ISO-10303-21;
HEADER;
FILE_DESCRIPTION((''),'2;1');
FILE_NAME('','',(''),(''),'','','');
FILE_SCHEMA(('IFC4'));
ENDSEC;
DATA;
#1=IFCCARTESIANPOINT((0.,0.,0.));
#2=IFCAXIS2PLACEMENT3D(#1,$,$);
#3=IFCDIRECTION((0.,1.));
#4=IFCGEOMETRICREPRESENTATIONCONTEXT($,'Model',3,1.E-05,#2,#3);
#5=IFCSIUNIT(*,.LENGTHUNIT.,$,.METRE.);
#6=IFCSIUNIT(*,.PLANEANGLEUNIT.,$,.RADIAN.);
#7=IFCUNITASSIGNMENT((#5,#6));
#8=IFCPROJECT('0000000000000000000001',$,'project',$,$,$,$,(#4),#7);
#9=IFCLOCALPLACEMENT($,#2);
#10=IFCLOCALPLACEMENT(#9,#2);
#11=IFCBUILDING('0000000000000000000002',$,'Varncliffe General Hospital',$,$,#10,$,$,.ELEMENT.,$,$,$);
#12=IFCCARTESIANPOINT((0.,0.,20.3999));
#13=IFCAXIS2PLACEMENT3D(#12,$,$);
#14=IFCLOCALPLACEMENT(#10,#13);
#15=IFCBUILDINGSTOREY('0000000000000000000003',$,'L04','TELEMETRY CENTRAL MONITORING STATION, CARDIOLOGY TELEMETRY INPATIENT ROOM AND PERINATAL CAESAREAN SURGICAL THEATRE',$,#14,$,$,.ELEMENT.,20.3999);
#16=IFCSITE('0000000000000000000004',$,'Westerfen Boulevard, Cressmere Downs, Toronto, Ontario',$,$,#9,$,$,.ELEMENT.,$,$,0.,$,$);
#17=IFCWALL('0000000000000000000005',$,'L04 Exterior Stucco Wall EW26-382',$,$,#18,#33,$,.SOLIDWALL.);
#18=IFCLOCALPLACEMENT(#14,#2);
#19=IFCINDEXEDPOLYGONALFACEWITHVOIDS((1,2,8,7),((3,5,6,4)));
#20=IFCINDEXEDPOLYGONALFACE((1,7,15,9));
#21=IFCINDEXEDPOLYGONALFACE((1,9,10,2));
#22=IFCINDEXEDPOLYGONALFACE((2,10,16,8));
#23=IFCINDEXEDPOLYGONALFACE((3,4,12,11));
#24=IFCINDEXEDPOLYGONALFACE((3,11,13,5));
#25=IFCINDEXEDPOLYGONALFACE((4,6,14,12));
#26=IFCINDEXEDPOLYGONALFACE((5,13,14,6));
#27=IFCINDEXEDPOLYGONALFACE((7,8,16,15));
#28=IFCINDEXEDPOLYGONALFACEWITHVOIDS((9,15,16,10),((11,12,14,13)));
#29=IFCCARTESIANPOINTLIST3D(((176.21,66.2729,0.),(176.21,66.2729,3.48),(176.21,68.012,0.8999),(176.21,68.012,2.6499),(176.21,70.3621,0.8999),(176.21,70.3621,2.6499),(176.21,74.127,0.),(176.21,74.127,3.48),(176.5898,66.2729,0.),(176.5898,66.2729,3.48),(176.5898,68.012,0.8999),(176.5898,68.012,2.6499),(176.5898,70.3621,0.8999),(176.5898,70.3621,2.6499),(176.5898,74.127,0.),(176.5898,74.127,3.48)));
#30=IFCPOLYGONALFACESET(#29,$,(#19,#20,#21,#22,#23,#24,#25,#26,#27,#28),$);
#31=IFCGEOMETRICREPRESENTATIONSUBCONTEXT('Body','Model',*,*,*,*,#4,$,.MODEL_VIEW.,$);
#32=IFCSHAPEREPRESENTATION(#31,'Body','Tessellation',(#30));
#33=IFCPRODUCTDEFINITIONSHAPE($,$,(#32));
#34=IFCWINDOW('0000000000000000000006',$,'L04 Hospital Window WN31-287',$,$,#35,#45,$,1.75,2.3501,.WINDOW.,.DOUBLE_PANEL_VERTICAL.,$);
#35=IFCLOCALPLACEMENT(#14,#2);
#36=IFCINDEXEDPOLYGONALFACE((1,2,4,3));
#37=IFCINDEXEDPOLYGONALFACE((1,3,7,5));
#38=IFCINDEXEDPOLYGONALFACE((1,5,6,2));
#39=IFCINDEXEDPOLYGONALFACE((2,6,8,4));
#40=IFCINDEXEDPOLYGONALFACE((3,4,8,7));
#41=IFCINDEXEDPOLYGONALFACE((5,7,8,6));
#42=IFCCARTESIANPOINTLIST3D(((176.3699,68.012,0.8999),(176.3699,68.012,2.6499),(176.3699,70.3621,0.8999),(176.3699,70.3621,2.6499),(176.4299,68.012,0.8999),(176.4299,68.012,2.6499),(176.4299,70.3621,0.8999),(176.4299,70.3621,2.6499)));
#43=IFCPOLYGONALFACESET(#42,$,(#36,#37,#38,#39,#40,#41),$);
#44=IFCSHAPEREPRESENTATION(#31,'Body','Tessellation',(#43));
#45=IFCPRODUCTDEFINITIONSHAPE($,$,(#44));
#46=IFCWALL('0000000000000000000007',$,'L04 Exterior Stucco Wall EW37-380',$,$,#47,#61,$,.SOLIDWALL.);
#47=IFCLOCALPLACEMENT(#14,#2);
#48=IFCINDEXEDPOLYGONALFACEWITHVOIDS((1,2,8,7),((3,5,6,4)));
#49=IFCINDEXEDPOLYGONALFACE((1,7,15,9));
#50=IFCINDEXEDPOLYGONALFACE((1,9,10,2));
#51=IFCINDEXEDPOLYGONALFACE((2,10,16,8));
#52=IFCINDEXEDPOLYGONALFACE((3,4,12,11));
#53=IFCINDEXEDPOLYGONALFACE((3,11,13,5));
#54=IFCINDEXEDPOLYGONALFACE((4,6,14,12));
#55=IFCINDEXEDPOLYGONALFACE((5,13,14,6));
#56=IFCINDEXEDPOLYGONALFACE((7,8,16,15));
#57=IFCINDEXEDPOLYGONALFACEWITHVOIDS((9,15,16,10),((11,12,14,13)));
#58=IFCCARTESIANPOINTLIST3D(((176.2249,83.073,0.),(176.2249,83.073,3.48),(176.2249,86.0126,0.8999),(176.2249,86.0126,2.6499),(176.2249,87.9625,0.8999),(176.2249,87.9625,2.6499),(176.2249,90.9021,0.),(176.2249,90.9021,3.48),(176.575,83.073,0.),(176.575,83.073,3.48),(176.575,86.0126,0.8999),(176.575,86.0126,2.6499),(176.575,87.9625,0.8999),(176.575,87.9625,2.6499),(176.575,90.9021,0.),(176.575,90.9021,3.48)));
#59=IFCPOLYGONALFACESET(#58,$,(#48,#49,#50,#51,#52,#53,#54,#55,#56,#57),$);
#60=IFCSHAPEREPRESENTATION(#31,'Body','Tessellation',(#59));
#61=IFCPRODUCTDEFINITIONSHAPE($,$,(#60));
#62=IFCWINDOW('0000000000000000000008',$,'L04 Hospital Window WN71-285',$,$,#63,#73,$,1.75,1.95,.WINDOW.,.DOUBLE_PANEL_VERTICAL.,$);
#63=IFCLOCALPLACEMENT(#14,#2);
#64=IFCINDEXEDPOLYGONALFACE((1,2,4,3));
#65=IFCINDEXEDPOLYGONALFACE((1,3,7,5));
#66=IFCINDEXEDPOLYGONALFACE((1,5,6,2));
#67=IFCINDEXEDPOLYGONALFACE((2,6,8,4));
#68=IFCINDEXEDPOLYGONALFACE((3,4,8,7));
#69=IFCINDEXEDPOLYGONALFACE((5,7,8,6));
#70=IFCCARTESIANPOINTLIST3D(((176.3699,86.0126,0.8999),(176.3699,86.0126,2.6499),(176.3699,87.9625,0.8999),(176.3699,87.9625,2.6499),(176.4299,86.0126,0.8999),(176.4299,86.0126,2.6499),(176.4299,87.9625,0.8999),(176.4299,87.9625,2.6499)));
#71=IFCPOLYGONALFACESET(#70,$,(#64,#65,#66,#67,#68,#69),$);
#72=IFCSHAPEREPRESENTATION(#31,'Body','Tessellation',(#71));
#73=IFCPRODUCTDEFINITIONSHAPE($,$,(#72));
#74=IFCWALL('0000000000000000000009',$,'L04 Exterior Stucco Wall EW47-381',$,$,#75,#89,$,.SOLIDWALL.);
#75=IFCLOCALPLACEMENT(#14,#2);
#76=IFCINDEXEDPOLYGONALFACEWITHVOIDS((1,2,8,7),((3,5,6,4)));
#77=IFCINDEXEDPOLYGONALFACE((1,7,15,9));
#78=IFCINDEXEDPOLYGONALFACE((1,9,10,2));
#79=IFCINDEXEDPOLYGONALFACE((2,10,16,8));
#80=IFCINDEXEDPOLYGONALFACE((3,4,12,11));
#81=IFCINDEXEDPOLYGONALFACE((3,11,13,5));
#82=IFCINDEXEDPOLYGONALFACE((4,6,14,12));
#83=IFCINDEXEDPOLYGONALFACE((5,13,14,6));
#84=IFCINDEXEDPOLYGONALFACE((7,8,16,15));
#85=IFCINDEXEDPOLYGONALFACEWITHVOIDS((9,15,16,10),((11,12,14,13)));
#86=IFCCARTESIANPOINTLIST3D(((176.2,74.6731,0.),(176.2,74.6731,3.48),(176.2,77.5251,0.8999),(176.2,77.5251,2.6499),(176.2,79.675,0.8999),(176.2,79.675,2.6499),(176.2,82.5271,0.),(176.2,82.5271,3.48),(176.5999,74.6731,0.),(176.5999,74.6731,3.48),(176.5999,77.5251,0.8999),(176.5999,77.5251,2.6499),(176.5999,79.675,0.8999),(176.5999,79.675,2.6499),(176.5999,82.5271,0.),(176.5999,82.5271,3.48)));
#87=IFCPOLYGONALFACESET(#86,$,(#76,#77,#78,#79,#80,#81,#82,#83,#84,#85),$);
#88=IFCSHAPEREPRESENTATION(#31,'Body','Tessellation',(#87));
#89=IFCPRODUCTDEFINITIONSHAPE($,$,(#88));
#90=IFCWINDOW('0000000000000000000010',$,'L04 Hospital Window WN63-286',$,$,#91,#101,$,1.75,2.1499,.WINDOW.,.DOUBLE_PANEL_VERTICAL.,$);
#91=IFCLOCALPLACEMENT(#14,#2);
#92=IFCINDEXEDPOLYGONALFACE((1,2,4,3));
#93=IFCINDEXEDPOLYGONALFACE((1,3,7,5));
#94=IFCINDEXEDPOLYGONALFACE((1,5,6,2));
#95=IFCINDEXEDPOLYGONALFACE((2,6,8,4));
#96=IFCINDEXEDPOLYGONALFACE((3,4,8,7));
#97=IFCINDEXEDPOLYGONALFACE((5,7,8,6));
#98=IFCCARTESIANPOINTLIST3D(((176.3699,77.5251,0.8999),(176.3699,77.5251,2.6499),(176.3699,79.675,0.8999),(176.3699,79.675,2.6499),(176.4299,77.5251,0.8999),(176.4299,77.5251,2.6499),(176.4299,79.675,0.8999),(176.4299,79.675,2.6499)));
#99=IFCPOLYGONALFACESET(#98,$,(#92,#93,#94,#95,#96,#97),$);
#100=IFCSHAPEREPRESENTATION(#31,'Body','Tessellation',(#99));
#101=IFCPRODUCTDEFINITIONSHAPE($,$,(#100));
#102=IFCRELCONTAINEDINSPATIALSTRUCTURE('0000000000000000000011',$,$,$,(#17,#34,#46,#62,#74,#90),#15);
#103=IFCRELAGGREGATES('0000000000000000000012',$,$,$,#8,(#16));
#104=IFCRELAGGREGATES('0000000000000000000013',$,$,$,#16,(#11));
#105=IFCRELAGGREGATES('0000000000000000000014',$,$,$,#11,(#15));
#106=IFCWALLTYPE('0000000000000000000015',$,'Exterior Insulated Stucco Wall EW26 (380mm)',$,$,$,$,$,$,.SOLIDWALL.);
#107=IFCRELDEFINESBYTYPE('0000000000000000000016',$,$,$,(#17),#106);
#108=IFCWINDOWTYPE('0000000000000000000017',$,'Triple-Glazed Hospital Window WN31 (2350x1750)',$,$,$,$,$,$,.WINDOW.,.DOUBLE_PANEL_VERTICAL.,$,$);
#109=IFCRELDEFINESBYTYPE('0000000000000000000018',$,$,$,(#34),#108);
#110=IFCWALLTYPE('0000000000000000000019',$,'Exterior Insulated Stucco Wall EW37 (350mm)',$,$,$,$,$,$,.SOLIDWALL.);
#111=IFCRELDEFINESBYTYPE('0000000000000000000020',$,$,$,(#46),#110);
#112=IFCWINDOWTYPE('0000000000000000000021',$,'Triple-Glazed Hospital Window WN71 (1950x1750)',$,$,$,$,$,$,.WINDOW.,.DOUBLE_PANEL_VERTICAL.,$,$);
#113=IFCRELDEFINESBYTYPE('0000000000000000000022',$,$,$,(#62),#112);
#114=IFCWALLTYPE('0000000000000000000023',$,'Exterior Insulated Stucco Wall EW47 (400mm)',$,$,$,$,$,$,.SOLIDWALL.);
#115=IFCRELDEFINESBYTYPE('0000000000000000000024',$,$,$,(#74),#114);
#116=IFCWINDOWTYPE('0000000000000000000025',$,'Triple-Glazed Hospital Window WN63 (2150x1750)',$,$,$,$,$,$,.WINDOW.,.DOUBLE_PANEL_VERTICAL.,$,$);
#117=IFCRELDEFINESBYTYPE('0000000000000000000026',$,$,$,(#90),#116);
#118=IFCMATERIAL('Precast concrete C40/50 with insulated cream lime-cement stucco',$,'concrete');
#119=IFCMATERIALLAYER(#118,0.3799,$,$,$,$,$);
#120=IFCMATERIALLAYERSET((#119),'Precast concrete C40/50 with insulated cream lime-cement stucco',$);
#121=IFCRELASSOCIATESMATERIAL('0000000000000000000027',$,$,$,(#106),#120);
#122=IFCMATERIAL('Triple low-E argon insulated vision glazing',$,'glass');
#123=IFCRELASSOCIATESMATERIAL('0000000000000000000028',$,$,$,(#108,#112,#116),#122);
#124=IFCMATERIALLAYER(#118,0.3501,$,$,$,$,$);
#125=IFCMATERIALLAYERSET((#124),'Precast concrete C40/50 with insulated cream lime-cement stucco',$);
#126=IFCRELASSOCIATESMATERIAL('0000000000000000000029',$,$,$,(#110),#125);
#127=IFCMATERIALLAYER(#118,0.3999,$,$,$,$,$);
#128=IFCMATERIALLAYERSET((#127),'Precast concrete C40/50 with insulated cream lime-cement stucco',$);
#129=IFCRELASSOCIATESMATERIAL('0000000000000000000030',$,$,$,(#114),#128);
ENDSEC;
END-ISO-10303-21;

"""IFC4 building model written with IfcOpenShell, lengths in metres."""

from ifc_helpers import new_model, si_unit, direction, frame, frame_2d, origin, place, context, subcontext, project, spatial, rectangle, extrude, material, layer, layer_set, type_object, element, fill, save


model = new_model("IFC4")

# Units and contexts
model_context = context("Model", 3, precision=1e-05, world=origin(), true_north=direction((0.0, 1.0)))
body_context = subcontext(model_context, "Body", "Model", "MODEL_VIEW")
ifc_project = project(units=[si_unit("LENGTHUNIT", "METRE"), si_unit("PLANEANGLEUNIT", "RADIAN")], contexts=[model_context])

# Site, building, storey
site_placement = place(None, origin())
site = spatial("IfcSite", under=ifc_project, at=site_placement, Name="Westerfen Boulevard, Cressmere Downs, Toronto, Ontario", CompositionType="ELEMENT", RefElevation=0.0)
building_placement = place(site_placement, origin())
building = spatial("IfcBuilding", under=site, at=building_placement, Name="Varncliffe General Hospital", CompositionType="ELEMENT")
storey_placement = place(building_placement, frame((0.0, 0.0, 20.3999)))
storey = spatial("IfcBuildingStorey", under=building, at=storey_placement, Name="L04", Description="TELEMETRY CENTRAL MONITORING STATION, CARDIOLOGY TELEMETRY INPATIENT ROOM AND PERINATAL CAESAREAN SURGICAL THEATRE", CompositionType="ELEMENT", Elevation=20.3999)

# Walls, openings, windows
ifc_material_1 = material(Name="Precast concrete C40/50 with insulated cream lime-cement stucco", Category="concrete")
ifc_layer_1 = layer(ifc_material_1, 0.3799)
ifc_layer_set_1 = layer_set([ifc_layer_1], Name="Precast concrete C40/50 with insulated cream lime-cement stucco")
wall_type_1 = type_object("IfcWallType", Name="Exterior Insulated Stucco Wall EW26 (380mm)", PredefinedType="SOLIDWALL", material=ifc_layer_set_1)
wall_1_placement = place(storey_placement, frame((176.3999, 74.127, 0.0), z_axis=(0.0, 0.0, 1.0), x_axis=(0.0, -1.0, 0.0)))
wall_1 = element("IfcWall", 1, at=wall_1_placement, inside=storey, type_object=wall_type_1, Name="L04 Exterior Stucco Wall EW26-382", PredefinedType="SOLIDWALL", context=body_context, shape_type="SweptSolid", body=[
    extrude(rectangle(XDim=7.854, YDim=0.3799, at=frame_2d((3.927, 0.0))), origin(), (0.0, 0.0, 1.0), 3.48),
])
opening_1_placement = place(wall_1_placement, frame((3.7649, 0.0, 0.8999)))
opening_1 = element("IfcOpeningElement", 2, at=opening_1_placement, cuts=wall_1, PredefinedType="OPENING", context=body_context, shape_type="SweptSolid", body=[
    extrude(rectangle(XDim=2.3501, YDim=1.75, at=frame_2d((1.175, 0.875))), frame((0.0, 0.2, 0.0), z_axis=(0.0, -1.0, 0.0), x_axis=(1.0, 0.0, 0.0)), (0.0, 0.0, 1.0), 0.3999),
])
ifc_material_2 = material(Name="Triple low-E argon insulated vision glazing", Category="glass")
window_type_1 = type_object("IfcWindowType", Name="Triple-Glazed Hospital Window WN31 (2350x1750)", PartitioningType="DOUBLE_PANEL_VERTICAL", PredefinedType="WINDOW", material=ifc_material_2)
window_1_placement = place(opening_1_placement, origin())
window_1 = element("IfcWindow", 3, at=window_1_placement, inside=storey, type_object=window_type_1, Name="L04 Hospital Window WN31-287", OverallHeight=1.75, OverallWidth=2.3501, PartitioningType="DOUBLE_PANEL_VERTICAL", PredefinedType="WINDOW", context=body_context, shape_type="SweptSolid", body=[
    extrude(rectangle(XDim=2.3501, YDim=1.75, at=frame_2d((1.175, 0.875))), frame((0.0, 0.03, 0.0), z_axis=(0.0, -1.0, 0.0), x_axis=(1.0, 0.0, 0.0)), (0.0, 0.0, 1.0), 0.0601),
])
fill(opening_1, window_1)
ifc_layer_2 = layer(ifc_material_1, 0.3501)
ifc_layer_set_2 = layer_set([ifc_layer_2], Name="Precast concrete C40/50 with insulated cream lime-cement stucco")
wall_type_2 = type_object("IfcWallType", Name="Exterior Insulated Stucco Wall EW37 (350mm)", PredefinedType="SOLIDWALL", material=ifc_layer_set_2)
wall_2_placement = place(storey_placement, frame((176.3999, 90.9021, 0.0), z_axis=(0.0, 0.0, 1.0), x_axis=(0.0, -1.0, 0.0)))
wall_2 = element("IfcWall", 4, at=wall_2_placement, inside=storey, type_object=wall_type_2, Name="L04 Exterior Stucco Wall EW37-380", PredefinedType="SOLIDWALL", context=body_context, shape_type="SweptSolid", body=[
    extrude(rectangle(XDim=7.8291, YDim=0.3501, at=frame_2d((3.9146, 0.0))), origin(), (0.0, 0.0, 1.0), 3.48),
])
opening_2_placement = place(wall_2_placement, frame((2.9395, 0.0, 0.8999)))
opening_2 = element("IfcOpeningElement", 5, at=opening_2_placement, cuts=wall_2, PredefinedType="OPENING", context=body_context, shape_type="SweptSolid", body=[
    extrude(rectangle(XDim=1.95, YDim=1.75, at=frame_2d((0.9751, 0.875))), frame((0.0, 0.1851, 0.0), z_axis=(0.0, -1.0, 0.0), x_axis=(1.0, 0.0, 0.0)), (0.0, 0.0, 1.0), 0.3701),
])
window_type_2 = type_object("IfcWindowType", Name="Triple-Glazed Hospital Window WN71 (1950x1750)", PartitioningType="DOUBLE_PANEL_VERTICAL", PredefinedType="WINDOW", material=ifc_material_2)
window_2_placement = place(opening_2_placement, origin())
window_2 = element("IfcWindow", 6, at=window_2_placement, inside=storey, type_object=window_type_2, Name="L04 Hospital Window WN71-285", OverallHeight=1.75, OverallWidth=1.95, PartitioningType="DOUBLE_PANEL_VERTICAL", PredefinedType="WINDOW", context=body_context, shape_type="SweptSolid", body=[
    extrude(rectangle(XDim=1.95, YDim=1.75, at=frame_2d((0.9751, 0.875))), frame((0.0, 0.03, 0.0), z_axis=(0.0, -1.0, 0.0), x_axis=(1.0, 0.0, 0.0)), (0.0, 0.0, 1.0), 0.0601),
])
fill(opening_2, window_2)
ifc_layer_3 = layer(ifc_material_1, 0.3999)
ifc_layer_set_3 = layer_set([ifc_layer_3], Name="Precast concrete C40/50 with insulated cream lime-cement stucco")
wall_type_3 = type_object("IfcWallType", Name="Exterior Insulated Stucco Wall EW47 (400mm)", PredefinedType="SOLIDWALL", material=ifc_layer_set_3)
wall_3_placement = place(storey_placement, frame((176.3999, 82.5271, 0.0), z_axis=(0.0, 0.0, 1.0), x_axis=(0.0, -1.0, 0.0)))
wall_3 = element("IfcWall", 7, at=wall_3_placement, inside=storey, type_object=wall_type_3, Name="L04 Exterior Stucco Wall EW47-381", PredefinedType="SOLIDWALL", context=body_context, shape_type="SweptSolid", body=[
    extrude(rectangle(XDim=7.854, YDim=0.3999, at=frame_2d((3.927, 0.0))), origin(), (0.0, 0.0, 1.0), 3.48),
])
opening_3_placement = place(wall_3_placement, frame((2.8521, 0.0, 0.8999)))
opening_3 = element("IfcOpeningElement", 8, at=opening_3_placement, cuts=wall_3, PredefinedType="OPENING", context=body_context, shape_type="SweptSolid", body=[
    extrude(rectangle(XDim=2.1499, YDim=1.75, at=frame_2d((1.075, 0.875))), frame((0.0, 0.21, 0.0), z_axis=(0.0, -1.0, 0.0), x_axis=(1.0, 0.0, 0.0)), (0.0, 0.0, 1.0), 0.4199),
])
window_type_3 = type_object("IfcWindowType", Name="Triple-Glazed Hospital Window WN63 (2150x1750)", PartitioningType="DOUBLE_PANEL_VERTICAL", PredefinedType="WINDOW", material=ifc_material_2)
window_3_placement = place(opening_3_placement, origin())
window_3 = element("IfcWindow", 9, at=window_3_placement, inside=storey, type_object=window_type_3, Name="L04 Hospital Window WN63-286", OverallHeight=1.75, OverallWidth=2.1499, PartitioningType="DOUBLE_PANEL_VERTICAL", PredefinedType="WINDOW", context=body_context, shape_type="SweptSolid", body=[
    extrude(rectangle(XDim=2.1499, YDim=1.75, at=frame_2d((1.075, 0.875))), frame((0.0, 0.03, 0.0), z_axis=(0.0, -1.0, 0.0), x_axis=(1.0, 0.0, 0.0)), (0.0, 0.0, 1.0), 0.0601),
])
fill(opening_3, window_3)

save(model, "model.ifc")
